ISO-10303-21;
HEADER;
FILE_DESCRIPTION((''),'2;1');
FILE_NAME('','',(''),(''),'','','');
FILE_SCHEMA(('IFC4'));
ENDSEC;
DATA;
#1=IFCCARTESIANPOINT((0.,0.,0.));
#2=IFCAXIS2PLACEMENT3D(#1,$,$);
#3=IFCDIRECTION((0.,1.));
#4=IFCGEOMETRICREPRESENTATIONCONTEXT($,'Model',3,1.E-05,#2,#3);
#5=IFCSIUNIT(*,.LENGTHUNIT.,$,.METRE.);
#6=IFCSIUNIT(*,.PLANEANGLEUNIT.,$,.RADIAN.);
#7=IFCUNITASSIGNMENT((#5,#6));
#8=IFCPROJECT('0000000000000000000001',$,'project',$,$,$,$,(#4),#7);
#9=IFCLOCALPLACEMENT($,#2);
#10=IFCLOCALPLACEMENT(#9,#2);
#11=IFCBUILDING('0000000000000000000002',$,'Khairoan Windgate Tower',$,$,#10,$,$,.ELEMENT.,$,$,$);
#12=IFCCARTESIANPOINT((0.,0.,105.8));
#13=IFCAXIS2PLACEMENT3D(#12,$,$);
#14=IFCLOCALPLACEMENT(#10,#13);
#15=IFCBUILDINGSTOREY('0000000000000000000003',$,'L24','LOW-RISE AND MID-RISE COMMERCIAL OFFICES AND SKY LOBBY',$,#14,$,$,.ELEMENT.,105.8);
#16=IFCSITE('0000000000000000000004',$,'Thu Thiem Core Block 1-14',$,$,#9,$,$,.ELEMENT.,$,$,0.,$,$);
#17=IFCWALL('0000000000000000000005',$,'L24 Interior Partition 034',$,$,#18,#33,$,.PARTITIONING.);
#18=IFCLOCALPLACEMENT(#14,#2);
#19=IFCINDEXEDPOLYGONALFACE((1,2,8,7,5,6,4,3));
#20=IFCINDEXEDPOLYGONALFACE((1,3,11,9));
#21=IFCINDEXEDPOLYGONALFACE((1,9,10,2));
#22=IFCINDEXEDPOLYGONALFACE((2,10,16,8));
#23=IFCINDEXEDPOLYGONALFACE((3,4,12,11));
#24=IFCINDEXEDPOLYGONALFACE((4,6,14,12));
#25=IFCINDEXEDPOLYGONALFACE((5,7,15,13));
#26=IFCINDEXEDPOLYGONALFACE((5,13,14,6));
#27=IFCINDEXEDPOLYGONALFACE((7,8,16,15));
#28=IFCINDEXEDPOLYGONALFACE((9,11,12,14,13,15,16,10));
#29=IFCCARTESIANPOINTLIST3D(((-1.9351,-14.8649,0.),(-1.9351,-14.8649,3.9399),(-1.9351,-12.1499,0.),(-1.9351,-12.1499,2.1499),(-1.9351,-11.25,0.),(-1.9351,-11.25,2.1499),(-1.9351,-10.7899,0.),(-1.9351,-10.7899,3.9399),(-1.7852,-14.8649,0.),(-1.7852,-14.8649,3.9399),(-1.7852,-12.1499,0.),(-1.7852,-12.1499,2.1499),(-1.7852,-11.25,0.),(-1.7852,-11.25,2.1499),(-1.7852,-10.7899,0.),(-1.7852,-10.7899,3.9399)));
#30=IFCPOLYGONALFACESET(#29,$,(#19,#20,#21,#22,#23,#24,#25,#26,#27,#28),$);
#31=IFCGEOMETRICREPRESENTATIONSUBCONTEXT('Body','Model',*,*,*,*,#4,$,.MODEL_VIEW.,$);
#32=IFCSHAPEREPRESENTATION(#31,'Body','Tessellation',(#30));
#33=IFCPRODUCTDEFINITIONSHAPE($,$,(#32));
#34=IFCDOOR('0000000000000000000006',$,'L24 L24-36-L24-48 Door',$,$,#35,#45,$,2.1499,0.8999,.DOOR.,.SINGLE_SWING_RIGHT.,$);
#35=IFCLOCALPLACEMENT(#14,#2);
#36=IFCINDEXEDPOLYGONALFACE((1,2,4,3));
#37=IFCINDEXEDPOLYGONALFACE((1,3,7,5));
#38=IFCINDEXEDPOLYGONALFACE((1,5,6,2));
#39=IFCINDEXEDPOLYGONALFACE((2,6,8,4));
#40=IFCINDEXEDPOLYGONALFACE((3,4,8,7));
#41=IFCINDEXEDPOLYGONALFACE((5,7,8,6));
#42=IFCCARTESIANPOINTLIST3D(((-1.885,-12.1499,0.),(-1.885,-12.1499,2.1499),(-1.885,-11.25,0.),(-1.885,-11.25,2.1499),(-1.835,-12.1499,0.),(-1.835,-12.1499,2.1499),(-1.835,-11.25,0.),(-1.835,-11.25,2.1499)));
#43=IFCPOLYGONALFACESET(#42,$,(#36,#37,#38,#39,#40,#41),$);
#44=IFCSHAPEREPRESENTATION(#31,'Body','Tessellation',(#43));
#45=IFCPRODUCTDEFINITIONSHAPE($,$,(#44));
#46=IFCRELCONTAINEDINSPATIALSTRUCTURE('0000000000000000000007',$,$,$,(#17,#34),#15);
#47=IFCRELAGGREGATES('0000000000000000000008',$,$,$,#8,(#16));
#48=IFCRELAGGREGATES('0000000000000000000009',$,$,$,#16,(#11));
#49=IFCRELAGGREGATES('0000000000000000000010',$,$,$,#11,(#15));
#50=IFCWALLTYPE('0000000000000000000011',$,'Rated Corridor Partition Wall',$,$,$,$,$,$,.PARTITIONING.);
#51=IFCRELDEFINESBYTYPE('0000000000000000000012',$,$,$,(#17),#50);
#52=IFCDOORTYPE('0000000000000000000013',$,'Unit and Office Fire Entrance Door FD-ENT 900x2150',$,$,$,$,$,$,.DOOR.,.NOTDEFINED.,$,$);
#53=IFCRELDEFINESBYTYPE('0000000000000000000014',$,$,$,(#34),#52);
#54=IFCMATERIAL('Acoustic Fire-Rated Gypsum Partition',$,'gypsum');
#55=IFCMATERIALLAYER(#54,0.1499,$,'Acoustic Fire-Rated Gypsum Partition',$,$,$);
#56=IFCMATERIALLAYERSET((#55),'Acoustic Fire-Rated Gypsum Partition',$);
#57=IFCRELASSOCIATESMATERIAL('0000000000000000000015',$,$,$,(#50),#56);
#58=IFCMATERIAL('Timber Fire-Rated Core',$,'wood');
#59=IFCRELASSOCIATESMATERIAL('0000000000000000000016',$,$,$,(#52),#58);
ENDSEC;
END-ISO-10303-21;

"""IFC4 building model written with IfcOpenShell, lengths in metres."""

from ifc_helpers import new_model, si_unit, direction, frame, frame_2d, origin, place, context, subcontext, project, spatial, rectangle, extrude, material, layer, layer_set, type_object, element, fill, save


model = new_model("IFC4")

# Units and contexts
model_context = context("Model", 3, precision=1e-05, world=origin(), true_north=direction((0.0, 1.0)))
body_context = subcontext(model_context, "Body", "Model", "MODEL_VIEW")
ifc_project = project(units=[si_unit("LENGTHUNIT", "METRE"), si_unit("PLANEANGLEUNIT", "RADIAN")], contexts=[model_context])

# Site, building, storey
site_placement = place(None, origin())
site = spatial("IfcSite", under=ifc_project, at=site_placement, Name="Thu Thiem Core Block 1-14", CompositionType="ELEMENT", RefElevation=0.0)
building_placement = place(site_placement, origin())
building = spatial("IfcBuilding", under=site, at=building_placement, Name="Khairoan Windgate Tower", CompositionType="ELEMENT")
storey_placement = place(building_placement, frame((0.0, 0.0, 105.8)))
storey = spatial("IfcBuildingStorey", under=building, at=storey_placement, Name="L24", Description="LOW-RISE AND MID-RISE COMMERCIAL OFFICES AND SKY LOBBY", CompositionType="ELEMENT", Elevation=105.8)

# Wall, opening, door
ifc_material_1 = material(Name="Acoustic Fire-Rated Gypsum Partition", Category="gypsum")
ifc_layer_1 = layer(ifc_material_1, 0.1499, Name="Acoustic Fire-Rated Gypsum Partition")
ifc_layer_set_1 = layer_set([ifc_layer_1], Name="Acoustic Fire-Rated Gypsum Partition")
wall_type_1 = type_object("IfcWallType", Name="Rated Corridor Partition Wall", PredefinedType="PARTITIONING", material=ifc_layer_set_1)
ifc_material_2 = material(Name="Timber Fire-Rated Core", Category="wood")
door_type_1 = type_object("IfcDoorType", Name="Unit and Office Fire Entrance Door FD-ENT 900x2150", OperationType="NOTDEFINED", PredefinedType="DOOR", material=ifc_material_2)
wall_1_placement = place(storey_placement, frame((-1.8601, -14.865, 0.0), z_axis=(0.0, 0.0, 1.0), x_axis=(0.0, 1.0, 0.0)))
wall_1 = element("IfcWall", 1, at=wall_1_placement, inside=storey, type_object=wall_type_1, Name="L24 Interior Partition 034", PredefinedType="PARTITIONING", context=body_context, shape_type="SweptSolid", body=[
    extrude(rectangle(XDim=4.075, YDim=0.1499, at=frame_2d((2.0376, 0.0))), origin(), (0.0, 0.0, 1.0), 3.9399),
])
opening_1_placement = place(wall_1_placement, frame((2.7151, 0.0, 0.0)))
opening_1 = element("IfcOpeningElement", 2, at=opening_1_placement, cuts=wall_1, PredefinedType="OPENING", context=body_context, shape_type="SweptSolid", body=[
    extrude(rectangle(XDim=0.8999, YDim=2.1499, at=frame_2d((0.45, 1.075))), frame((0.0, 0.085, 0.0), z_axis=(0.0, -1.0, 0.0), x_axis=(1.0, 0.0, 0.0)), (0.0, 0.0, 1.0), 0.1699),
])
door_1_placement = place(opening_1_placement, origin())
door_1 = element("IfcDoor", 3, at=door_1_placement, inside=storey, type_object=door_type_1, Name="L24 L24-36-L24-48 Door", OperationType="SINGLE_SWING_RIGHT", OverallHeight=2.1499, OverallWidth=0.8999, PredefinedType="DOOR", context=body_context, shape_type="SweptSolid", body=[
    extrude(rectangle(XDim=0.8999, YDim=2.1499, at=frame_2d((0.45, 1.075))), frame((0.0, 0.0249, 0.0), z_axis=(0.0, -1.0, 0.0), x_axis=(1.0, 0.0, 0.0)), (0.0, 0.0, 1.0), 0.05),
])
fill(opening_1, door_1)

save(model, "model.ifc")
